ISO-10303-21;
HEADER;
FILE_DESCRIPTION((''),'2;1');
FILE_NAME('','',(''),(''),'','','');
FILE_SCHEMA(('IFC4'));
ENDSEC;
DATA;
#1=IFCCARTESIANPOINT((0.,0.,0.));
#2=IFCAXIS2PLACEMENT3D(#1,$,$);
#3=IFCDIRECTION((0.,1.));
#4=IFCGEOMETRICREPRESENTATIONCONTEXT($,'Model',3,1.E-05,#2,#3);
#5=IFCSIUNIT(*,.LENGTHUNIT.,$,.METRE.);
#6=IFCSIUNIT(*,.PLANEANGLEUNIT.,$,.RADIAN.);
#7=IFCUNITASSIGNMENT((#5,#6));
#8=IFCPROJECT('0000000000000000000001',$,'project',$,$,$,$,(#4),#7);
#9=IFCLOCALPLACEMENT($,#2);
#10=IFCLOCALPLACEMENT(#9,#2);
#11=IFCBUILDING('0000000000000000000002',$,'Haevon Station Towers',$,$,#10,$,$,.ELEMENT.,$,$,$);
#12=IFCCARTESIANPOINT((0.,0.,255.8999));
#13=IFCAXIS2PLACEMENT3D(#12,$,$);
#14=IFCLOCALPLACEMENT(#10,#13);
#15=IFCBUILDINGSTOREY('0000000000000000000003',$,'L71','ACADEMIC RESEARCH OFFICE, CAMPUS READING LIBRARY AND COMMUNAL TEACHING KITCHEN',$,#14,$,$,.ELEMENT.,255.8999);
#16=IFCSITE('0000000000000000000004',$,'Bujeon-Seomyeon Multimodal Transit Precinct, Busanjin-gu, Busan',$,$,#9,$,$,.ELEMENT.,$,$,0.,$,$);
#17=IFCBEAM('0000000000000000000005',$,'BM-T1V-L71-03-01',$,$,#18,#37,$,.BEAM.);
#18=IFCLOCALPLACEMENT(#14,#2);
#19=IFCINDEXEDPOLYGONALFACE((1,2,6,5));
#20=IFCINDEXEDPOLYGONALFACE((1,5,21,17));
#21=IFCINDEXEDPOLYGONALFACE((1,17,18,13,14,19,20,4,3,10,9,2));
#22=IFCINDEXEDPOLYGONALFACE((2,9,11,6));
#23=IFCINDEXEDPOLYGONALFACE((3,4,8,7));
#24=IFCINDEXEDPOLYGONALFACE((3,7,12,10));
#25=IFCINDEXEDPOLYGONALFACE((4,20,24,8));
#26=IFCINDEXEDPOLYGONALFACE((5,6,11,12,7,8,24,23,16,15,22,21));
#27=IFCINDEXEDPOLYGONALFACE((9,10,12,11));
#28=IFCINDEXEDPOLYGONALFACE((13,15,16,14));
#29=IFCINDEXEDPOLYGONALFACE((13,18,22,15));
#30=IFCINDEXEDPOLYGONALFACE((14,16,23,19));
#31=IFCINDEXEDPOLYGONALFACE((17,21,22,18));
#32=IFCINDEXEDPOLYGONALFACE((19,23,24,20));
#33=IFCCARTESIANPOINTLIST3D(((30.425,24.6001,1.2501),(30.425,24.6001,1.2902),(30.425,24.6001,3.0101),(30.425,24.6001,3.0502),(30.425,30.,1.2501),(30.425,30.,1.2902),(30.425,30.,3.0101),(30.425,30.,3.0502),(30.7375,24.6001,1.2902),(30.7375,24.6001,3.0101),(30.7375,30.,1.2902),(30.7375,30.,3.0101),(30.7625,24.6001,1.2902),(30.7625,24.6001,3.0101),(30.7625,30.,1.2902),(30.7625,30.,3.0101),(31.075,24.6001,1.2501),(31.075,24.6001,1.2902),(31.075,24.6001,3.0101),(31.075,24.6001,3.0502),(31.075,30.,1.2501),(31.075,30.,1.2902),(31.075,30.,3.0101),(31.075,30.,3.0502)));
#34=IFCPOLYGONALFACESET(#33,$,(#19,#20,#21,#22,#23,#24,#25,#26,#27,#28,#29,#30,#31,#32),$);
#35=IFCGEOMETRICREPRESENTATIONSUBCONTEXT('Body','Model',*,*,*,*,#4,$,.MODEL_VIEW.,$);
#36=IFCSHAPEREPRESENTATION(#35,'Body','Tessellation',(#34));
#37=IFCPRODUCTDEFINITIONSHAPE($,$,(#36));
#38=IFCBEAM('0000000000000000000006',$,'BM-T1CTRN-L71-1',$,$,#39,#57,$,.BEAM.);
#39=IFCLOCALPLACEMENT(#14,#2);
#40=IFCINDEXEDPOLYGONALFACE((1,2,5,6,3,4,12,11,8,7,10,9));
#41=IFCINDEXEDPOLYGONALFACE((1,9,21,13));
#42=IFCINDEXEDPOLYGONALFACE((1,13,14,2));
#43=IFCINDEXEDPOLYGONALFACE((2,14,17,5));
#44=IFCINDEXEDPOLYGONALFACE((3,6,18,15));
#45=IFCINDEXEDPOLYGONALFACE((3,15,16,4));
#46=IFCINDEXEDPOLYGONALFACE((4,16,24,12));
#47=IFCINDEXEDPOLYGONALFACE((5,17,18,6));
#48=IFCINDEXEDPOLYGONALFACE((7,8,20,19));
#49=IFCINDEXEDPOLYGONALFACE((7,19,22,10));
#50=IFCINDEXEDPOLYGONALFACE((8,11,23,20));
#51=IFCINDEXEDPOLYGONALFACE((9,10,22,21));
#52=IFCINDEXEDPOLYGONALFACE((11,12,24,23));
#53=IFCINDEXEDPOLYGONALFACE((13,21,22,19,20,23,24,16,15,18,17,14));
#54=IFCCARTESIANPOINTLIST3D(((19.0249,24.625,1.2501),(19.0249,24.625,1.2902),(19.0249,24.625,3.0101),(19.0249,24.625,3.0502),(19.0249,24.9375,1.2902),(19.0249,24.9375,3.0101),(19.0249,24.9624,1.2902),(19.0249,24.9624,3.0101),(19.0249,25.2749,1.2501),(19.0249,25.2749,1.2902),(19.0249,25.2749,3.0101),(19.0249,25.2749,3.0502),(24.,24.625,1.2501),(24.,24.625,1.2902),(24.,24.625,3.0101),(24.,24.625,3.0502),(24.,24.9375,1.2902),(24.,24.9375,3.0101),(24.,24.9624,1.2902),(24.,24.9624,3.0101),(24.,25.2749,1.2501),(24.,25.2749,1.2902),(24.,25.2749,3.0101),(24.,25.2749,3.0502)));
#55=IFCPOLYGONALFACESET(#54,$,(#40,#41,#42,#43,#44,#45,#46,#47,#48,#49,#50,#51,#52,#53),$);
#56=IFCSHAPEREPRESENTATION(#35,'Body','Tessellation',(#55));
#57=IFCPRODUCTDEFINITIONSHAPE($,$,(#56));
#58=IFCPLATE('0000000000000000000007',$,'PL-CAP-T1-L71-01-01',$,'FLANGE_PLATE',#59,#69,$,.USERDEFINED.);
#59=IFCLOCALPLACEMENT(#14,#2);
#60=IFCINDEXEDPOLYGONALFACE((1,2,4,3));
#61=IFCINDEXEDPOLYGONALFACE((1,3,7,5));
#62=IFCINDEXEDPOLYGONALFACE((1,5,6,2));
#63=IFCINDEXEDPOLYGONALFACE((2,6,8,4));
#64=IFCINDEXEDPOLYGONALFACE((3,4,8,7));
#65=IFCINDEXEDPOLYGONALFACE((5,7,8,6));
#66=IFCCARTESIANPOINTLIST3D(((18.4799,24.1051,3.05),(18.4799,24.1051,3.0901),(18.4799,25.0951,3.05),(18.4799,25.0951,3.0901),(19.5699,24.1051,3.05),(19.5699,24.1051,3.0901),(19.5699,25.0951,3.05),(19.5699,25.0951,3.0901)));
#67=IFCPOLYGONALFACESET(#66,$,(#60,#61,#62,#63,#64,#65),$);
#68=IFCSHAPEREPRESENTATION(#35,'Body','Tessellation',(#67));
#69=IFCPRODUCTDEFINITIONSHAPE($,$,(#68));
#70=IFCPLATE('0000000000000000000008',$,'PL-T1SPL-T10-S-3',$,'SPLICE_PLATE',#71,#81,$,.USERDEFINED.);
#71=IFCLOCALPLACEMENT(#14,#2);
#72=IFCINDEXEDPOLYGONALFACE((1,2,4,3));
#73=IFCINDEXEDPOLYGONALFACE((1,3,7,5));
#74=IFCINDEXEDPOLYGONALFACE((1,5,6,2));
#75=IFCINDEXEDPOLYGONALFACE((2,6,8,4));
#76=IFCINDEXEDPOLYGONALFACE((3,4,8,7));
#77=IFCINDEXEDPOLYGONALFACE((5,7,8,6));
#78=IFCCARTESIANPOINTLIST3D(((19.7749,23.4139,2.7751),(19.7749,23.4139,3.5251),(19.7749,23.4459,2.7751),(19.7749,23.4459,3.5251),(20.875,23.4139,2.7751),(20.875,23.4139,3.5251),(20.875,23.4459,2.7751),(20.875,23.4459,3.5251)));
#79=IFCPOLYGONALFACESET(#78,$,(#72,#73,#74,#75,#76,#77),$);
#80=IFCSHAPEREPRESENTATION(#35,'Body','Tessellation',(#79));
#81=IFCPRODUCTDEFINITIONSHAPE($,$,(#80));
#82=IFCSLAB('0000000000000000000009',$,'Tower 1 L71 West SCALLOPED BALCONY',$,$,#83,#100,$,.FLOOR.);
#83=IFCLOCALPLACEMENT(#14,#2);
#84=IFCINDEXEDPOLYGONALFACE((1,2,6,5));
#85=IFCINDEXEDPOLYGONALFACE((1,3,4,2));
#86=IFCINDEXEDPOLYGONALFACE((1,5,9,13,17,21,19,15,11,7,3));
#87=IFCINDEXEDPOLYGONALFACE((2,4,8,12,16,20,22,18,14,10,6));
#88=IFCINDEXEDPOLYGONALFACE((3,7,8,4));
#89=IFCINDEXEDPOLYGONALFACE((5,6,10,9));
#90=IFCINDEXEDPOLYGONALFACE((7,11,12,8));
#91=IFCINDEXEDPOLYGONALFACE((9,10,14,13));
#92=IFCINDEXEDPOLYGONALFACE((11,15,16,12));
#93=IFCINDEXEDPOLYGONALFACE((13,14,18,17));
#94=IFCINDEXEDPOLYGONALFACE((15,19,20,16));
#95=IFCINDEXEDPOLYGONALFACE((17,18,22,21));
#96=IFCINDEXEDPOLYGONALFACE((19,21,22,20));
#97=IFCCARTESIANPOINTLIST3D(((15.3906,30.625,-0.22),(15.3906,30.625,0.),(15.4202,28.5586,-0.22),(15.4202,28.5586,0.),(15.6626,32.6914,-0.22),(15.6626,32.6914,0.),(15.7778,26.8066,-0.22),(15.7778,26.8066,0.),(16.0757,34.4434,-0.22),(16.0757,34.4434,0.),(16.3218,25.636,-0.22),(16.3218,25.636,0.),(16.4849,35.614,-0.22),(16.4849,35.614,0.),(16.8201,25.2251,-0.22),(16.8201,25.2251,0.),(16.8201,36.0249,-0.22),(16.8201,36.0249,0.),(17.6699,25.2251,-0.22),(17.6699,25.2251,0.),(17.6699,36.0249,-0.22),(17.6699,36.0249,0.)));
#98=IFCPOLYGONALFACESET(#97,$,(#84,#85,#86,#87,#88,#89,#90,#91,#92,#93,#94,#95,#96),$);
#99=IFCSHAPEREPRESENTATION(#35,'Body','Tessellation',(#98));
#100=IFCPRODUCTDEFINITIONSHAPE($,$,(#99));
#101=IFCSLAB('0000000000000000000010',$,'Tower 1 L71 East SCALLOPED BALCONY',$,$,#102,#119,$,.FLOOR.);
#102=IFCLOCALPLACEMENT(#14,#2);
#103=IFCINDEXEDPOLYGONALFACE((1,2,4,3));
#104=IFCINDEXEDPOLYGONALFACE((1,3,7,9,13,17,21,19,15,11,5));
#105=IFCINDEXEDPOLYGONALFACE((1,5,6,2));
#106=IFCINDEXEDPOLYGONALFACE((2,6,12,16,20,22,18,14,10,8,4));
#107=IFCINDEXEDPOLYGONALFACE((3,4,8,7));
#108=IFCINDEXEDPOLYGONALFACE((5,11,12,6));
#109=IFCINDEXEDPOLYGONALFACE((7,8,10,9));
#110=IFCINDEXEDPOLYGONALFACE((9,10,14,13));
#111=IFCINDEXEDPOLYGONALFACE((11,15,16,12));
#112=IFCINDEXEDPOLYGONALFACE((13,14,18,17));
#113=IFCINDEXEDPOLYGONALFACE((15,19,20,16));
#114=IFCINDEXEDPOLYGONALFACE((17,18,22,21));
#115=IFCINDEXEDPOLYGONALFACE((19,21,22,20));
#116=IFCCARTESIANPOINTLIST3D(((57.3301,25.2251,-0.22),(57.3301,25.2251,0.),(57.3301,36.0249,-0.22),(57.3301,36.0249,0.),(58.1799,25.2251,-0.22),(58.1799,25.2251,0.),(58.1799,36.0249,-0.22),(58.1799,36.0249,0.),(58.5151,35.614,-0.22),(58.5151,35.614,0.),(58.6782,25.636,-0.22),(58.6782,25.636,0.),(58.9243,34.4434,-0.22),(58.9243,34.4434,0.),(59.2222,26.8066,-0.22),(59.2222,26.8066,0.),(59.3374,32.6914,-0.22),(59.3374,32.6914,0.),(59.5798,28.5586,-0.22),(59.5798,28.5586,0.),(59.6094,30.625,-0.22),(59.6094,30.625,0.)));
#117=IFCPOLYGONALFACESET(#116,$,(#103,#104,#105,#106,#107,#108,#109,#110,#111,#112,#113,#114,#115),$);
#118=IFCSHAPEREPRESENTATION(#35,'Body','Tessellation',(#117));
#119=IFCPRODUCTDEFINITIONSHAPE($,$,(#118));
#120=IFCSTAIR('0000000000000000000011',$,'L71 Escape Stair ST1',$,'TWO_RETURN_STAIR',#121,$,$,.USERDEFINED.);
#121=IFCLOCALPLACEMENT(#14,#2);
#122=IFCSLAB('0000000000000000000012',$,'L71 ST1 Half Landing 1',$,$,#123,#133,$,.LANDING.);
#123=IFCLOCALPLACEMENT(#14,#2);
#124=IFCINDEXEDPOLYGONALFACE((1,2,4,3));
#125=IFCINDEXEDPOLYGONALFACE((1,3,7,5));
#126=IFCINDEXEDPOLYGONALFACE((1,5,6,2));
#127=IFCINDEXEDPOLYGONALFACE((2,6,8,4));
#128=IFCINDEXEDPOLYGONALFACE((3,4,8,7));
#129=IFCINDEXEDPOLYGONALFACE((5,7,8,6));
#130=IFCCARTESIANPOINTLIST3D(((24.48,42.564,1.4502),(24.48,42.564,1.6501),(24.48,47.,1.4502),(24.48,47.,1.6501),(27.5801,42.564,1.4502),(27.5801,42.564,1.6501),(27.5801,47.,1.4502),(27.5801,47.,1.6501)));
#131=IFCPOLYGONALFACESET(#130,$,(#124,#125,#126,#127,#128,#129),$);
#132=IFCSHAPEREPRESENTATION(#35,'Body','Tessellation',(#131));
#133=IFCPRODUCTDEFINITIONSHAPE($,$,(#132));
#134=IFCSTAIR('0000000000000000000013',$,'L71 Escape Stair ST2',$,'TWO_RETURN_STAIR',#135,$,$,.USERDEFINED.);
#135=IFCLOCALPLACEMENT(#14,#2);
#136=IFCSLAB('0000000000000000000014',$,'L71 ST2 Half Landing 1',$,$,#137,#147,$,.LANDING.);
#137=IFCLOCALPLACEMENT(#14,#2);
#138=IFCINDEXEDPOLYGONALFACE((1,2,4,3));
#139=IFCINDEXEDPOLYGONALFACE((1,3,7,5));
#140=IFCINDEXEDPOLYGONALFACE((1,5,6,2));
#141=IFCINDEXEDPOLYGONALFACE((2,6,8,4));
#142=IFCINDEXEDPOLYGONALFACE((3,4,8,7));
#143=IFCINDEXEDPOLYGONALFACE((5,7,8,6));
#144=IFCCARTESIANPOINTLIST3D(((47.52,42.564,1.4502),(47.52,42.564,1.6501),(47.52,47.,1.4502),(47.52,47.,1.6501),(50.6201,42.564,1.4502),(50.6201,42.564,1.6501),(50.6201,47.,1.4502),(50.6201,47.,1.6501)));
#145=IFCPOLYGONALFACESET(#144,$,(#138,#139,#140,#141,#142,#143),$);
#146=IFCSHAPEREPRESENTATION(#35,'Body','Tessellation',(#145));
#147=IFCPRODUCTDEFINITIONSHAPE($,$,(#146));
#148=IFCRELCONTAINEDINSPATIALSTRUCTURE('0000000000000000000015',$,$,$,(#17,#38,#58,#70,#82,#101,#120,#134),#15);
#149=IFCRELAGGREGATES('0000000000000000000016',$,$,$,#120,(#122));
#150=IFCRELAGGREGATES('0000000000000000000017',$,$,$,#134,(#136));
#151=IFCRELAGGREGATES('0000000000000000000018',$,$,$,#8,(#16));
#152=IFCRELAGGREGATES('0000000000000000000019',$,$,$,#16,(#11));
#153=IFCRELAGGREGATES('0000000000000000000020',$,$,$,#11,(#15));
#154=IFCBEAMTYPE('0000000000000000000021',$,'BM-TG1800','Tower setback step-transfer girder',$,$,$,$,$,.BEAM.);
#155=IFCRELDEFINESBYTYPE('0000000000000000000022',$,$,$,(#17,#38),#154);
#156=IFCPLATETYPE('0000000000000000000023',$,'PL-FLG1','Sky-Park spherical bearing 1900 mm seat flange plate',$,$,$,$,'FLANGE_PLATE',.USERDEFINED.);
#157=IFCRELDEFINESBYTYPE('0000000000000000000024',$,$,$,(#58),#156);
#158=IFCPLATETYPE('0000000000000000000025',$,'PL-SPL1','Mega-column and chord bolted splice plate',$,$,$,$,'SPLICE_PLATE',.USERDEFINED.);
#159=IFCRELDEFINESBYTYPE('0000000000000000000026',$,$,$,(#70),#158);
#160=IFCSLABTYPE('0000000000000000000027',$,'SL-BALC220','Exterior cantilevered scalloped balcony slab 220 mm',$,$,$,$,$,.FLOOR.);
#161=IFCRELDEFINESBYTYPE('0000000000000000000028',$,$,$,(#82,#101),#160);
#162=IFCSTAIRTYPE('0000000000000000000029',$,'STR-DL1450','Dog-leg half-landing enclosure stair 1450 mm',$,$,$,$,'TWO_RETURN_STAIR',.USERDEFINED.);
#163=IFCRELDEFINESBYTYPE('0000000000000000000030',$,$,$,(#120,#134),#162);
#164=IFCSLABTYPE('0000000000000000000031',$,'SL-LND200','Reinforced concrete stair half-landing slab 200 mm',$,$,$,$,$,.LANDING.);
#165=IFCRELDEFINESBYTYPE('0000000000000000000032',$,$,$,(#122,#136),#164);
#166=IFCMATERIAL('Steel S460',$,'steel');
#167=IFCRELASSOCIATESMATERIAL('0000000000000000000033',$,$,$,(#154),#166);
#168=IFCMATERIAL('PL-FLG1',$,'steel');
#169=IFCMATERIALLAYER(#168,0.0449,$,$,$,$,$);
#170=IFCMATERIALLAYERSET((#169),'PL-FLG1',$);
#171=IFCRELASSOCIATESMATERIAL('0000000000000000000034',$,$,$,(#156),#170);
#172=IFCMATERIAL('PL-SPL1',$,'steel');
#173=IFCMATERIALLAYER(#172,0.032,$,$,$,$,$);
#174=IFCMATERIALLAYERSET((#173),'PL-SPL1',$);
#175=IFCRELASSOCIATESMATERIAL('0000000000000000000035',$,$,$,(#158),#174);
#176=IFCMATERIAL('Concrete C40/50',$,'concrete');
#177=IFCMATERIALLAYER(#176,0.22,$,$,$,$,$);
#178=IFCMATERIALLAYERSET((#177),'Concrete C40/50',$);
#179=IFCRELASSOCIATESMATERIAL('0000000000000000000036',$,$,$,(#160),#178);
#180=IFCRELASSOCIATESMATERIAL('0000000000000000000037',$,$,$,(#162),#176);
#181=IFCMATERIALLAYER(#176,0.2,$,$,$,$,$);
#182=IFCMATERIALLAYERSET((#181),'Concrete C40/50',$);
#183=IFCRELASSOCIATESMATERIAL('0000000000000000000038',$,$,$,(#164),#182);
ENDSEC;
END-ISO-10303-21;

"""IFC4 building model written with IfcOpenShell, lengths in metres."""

from ifc_helpers import new_model, si_unit, direction, frame, origin, origin_2d, place, context, subcontext, project, spatial, polyline, rectangle, i_section, outline, extrude, material, layer, layer_set, material_profile, profile_set, type_object, element, aggregate, save


model = new_model("IFC4")

# Units and contexts
model_context = context("Model", 3, precision=1e-05, world=origin(), true_north=direction((0.0, 1.0)))
body_context = subcontext(model_context, "Body", "Model", "MODEL_VIEW")
ifc_project = project(units=[si_unit("LENGTHUNIT", "METRE"), si_unit("PLANEANGLEUNIT", "RADIAN")], contexts=[model_context])

# Site, building, storey
site_placement = place(None, origin())
site = spatial("IfcSite", under=ifc_project, at=site_placement, Name="Bujeon-Seomyeon Multimodal Transit Precinct, Busanjin-gu, Busan", CompositionType="ELEMENT", RefElevation=0.0)
building_placement = place(site_placement, origin())
building = spatial("IfcBuilding", under=site, at=building_placement, Name="Haevon Station Towers", CompositionType="ELEMENT")
storey_placement = place(building_placement, frame((0.0, 0.0, 255.8999)))
storey = spatial("IfcBuildingStorey", under=building, at=storey_placement, Name="L71", Description="ACADEMIC RESEARCH OFFICE, CAMPUS READING LIBRARY AND COMMUNAL TEACHING KITCHEN", CompositionType="ELEMENT", Elevation=255.8999)

# Shared definitions
ifc_material_1 = material(Name="Steel S460", Category="steel")

# Beams
ifc_material_profile_1 = material_profile(ifc_material_1, i_section(OverallWidth=0.6499, OverallDepth=1.8, WebThickness=0.0249, FlangeThickness=0.04, at=origin_2d()), Name="H-1800x650x25x40")
ifc_profile_set_1 = profile_set([ifc_material_profile_1], Name="Steel S460")
beam_type_1 = type_object("IfcBeamType", Name="BM-TG1800", Description="Tower setback step-transfer girder", PredefinedType="BEAM", material=ifc_profile_set_1)
for number, where, z_axis, x_axis, name in (
    (1, (30.75, 24.6001, 2.1501), (0.0, 1.0, 0.0), (-1.0, 0.0, 0.0), "BM-T1V-L71-03-01"),
):
    element("IfcBeam", number, at=place(storey_placement, frame(where, z_axis=z_axis, x_axis=x_axis)), inside=storey, type_object=beam_type_1, Name=name, PredefinedType="BEAM", context=body_context, shape_type="SweptSolid", body=[
        extrude(i_section(OverallWidth=0.6499, OverallDepth=1.8, WebThickness=0.0249, FlangeThickness=0.04, at=origin_2d()), origin(), (0.0, 0.0, 1.0), 5.3999),
    ])
beam_1_placement = place(storey_placement, frame((19.0249, 24.95, 2.1501), z_axis=(1.0, 0.0, 0.0), x_axis=(0.0, 1.0, 0.0)))
element("IfcBeam", 2, at=beam_1_placement, inside=storey, type_object=beam_type_1, Name="BM-T1CTRN-L71-1", PredefinedType="BEAM", context=body_context, shape_type="SweptSolid", body=[
    extrude(i_section(OverallWidth=0.6499, OverallDepth=1.8, WebThickness=0.0249, FlangeThickness=0.04, at=origin_2d()), origin(), (0.0, 0.0, 1.0), 4.9751),
])

# Plates
ifc_material_2 = material(Name="PL-FLG1", Category="steel")
ifc_layer_1 = layer(ifc_material_2, 0.0449)
ifc_layer_set_1 = layer_set([ifc_layer_1], Name="PL-FLG1")
plate_type_1 = type_object("IfcPlateType", Name="PL-FLG1", Description="Sky-Park spherical bearing 1900 mm seat flange plate", ElementType="FLANGE_PLATE", PredefinedType="USERDEFINED", material=ifc_layer_set_1)
plate_1_placement = place(storey_placement, frame((19.0249, 24.6001, 3.05), z_axis=(0.0, 0.0, 1.0), x_axis=(1.0, 0.0, 0.0)))
element("IfcPlate", 3, at=plate_1_placement, inside=storey, type_object=plate_type_1, Name="PL-CAP-T1-L71-01-01", ObjectType="FLANGE_PLATE", PredefinedType="USERDEFINED", context=body_context, shape_type="SweptSolid", body=[
    extrude(rectangle(XDim=1.0901, YDim=0.99, at=origin_2d()), origin(), (0.0, 0.0, 1.0), 0.04),
])
ifc_material_3 = material(Name="PL-SPL1", Category="steel")
ifc_layer_2 = layer(ifc_material_3, 0.032)
ifc_layer_set_2 = layer_set([ifc_layer_2], Name="PL-SPL1")
plate_type_2 = type_object("IfcPlateType", Name="PL-SPL1", Description="Mega-column and chord bolted splice plate", ElementType="SPLICE_PLATE", PredefinedType="USERDEFINED", material=ifc_layer_set_2)
plate_2_placement = place(storey_placement, frame((20.325, 23.4299, 2.7751), z_axis=(0.0, 0.0, 1.0), x_axis=(1.0, 0.0, 0.0)))
element("IfcPlate", 4, at=plate_2_placement, inside=storey, type_object=plate_type_2, Name="PL-T1SPL-T10-S-3", ObjectType="SPLICE_PLATE", PredefinedType="USERDEFINED", context=body_context, shape_type="SweptSolid", body=[
    extrude(rectangle(XDim=1.1001, YDim=0.032, at=origin_2d()), origin(), (0.0, 0.0, 1.0), 0.75),
])

# Slabs
ifc_material_4 = material(Name="Concrete C40/50", Category="concrete")
ifc_layer_3 = layer(ifc_material_4, 0.22)
ifc_layer_set_3 = layer_set([ifc_layer_3], Name="Concrete C40/50")
slab_type_1 = type_object("IfcSlabType", Name="SL-BALC220", Description="Exterior cantilevered scalloped balcony slab 220 mm", PredefinedType="FLOOR", material=ifc_layer_set_3)
slab_1_placement = place(storey_placement, frame((0.0, 0.0, -0.22)))
element("IfcSlab", 5, at=slab_1_placement, inside=storey, type_object=slab_type_1, Name="Tower 1 L71 West SCALLOPED BALCONY", PredefinedType="FLOOR", context=body_context, shape_type="SweptSolid", body=[
    extrude(outline(polyline([(17.6699, 36.0249), (16.8201, 36.0249), (16.4849, 35.614), (16.0757, 34.4434), (15.6626, 32.6914), (15.3906, 30.625), (15.4202, 28.5586), (15.7778, 26.8066), (16.3218, 25.636), (16.8201, 25.2251), (17.6699, 25.2251), (17.6699, 36.0249)])), origin(), (0.0, 0.0, 1.0), 0.22),
])
slab_2_placement = place(storey_placement, frame((0.0, 0.0, -0.22)))
element("IfcSlab", 6, at=slab_2_placement, inside=storey, type_object=slab_type_1, Name="Tower 1 L71 East SCALLOPED BALCONY", PredefinedType="FLOOR", context=body_context, shape_type="SweptSolid", body=[
    extrude(outline(polyline([(57.3301, 25.2251), (58.1799, 25.2251), (58.6782, 25.636), (59.2222, 26.8066), (59.5798, 28.5586), (59.6094, 30.625), (59.3374, 32.6914), (58.9243, 34.4434), (58.5151, 35.614), (58.1799, 36.0249), (57.3301, 36.0249), (57.3301, 25.2251)])), origin(), (0.0, 0.0, 1.0), 0.22),
])

# Stairs, slabs
stair_type = type_object("IfcStairType", Name="STR-DL1450", Description="Dog-leg half-landing enclosure stair 1450 mm", ElementType="TWO_RETURN_STAIR", PredefinedType="USERDEFINED", material=ifc_material_4)
stair_1_placement = place(storey_placement, origin())
stair_1 = element("IfcStair", 7, at=stair_1_placement, inside=storey, type_object=stair_type, Name="L71 Escape Stair ST1", ObjectType="TWO_RETURN_STAIR", PredefinedType="USERDEFINED")
ifc_layer_4 = layer(ifc_material_4, 0.2)
ifc_layer_set_4 = layer_set([ifc_layer_4], Name="Concrete C40/50")
slab_type_2 = type_object("IfcSlabType", Name="SL-LND200", Description="Reinforced concrete stair half-landing slab 200 mm", PredefinedType="LANDING", material=ifc_layer_set_4)
slab_3_placement = place(storey_placement, frame((0.0, 0.0, 1.4502)))
slab_3 = element("IfcSlab", 8, at=slab_3_placement, type_object=slab_type_2, Name="L71 ST1 Half Landing 1", PredefinedType="LANDING", context=body_context, shape_type="SweptSolid", body=[
    extrude(outline(polyline([(27.5801, 42.564), (27.5801, 47.0), (24.48, 47.0), (24.48, 42.564), (27.5801, 42.564)])), origin(), (0.0, 0.0, 1.0), 0.2),
])
aggregate(stair_1, [slab_3])
stair_2_placement = place(storey_placement, origin())
stair_2 = element("IfcStair", 9, at=stair_2_placement, inside=storey, type_object=stair_type, Name="L71 Escape Stair ST2", ObjectType="TWO_RETURN_STAIR", PredefinedType="USERDEFINED")
slab_4_placement = place(storey_placement, frame((0.0, 0.0, 1.4502)))
slab_4 = element("IfcSlab", 10, at=slab_4_placement, type_object=slab_type_2, Name="L71 ST2 Half Landing 1", PredefinedType="LANDING", context=body_context, shape_type="SweptSolid", body=[
    extrude(outline(polyline([(50.6201, 42.564), (50.6201, 47.0), (47.52, 47.0), (47.52, 42.564), (50.6201, 42.564)])), origin(), (0.0, 0.0, 1.0), 0.2),
])
aggregate(stair_2, [slab_4])

save(model, "model.ifc")
